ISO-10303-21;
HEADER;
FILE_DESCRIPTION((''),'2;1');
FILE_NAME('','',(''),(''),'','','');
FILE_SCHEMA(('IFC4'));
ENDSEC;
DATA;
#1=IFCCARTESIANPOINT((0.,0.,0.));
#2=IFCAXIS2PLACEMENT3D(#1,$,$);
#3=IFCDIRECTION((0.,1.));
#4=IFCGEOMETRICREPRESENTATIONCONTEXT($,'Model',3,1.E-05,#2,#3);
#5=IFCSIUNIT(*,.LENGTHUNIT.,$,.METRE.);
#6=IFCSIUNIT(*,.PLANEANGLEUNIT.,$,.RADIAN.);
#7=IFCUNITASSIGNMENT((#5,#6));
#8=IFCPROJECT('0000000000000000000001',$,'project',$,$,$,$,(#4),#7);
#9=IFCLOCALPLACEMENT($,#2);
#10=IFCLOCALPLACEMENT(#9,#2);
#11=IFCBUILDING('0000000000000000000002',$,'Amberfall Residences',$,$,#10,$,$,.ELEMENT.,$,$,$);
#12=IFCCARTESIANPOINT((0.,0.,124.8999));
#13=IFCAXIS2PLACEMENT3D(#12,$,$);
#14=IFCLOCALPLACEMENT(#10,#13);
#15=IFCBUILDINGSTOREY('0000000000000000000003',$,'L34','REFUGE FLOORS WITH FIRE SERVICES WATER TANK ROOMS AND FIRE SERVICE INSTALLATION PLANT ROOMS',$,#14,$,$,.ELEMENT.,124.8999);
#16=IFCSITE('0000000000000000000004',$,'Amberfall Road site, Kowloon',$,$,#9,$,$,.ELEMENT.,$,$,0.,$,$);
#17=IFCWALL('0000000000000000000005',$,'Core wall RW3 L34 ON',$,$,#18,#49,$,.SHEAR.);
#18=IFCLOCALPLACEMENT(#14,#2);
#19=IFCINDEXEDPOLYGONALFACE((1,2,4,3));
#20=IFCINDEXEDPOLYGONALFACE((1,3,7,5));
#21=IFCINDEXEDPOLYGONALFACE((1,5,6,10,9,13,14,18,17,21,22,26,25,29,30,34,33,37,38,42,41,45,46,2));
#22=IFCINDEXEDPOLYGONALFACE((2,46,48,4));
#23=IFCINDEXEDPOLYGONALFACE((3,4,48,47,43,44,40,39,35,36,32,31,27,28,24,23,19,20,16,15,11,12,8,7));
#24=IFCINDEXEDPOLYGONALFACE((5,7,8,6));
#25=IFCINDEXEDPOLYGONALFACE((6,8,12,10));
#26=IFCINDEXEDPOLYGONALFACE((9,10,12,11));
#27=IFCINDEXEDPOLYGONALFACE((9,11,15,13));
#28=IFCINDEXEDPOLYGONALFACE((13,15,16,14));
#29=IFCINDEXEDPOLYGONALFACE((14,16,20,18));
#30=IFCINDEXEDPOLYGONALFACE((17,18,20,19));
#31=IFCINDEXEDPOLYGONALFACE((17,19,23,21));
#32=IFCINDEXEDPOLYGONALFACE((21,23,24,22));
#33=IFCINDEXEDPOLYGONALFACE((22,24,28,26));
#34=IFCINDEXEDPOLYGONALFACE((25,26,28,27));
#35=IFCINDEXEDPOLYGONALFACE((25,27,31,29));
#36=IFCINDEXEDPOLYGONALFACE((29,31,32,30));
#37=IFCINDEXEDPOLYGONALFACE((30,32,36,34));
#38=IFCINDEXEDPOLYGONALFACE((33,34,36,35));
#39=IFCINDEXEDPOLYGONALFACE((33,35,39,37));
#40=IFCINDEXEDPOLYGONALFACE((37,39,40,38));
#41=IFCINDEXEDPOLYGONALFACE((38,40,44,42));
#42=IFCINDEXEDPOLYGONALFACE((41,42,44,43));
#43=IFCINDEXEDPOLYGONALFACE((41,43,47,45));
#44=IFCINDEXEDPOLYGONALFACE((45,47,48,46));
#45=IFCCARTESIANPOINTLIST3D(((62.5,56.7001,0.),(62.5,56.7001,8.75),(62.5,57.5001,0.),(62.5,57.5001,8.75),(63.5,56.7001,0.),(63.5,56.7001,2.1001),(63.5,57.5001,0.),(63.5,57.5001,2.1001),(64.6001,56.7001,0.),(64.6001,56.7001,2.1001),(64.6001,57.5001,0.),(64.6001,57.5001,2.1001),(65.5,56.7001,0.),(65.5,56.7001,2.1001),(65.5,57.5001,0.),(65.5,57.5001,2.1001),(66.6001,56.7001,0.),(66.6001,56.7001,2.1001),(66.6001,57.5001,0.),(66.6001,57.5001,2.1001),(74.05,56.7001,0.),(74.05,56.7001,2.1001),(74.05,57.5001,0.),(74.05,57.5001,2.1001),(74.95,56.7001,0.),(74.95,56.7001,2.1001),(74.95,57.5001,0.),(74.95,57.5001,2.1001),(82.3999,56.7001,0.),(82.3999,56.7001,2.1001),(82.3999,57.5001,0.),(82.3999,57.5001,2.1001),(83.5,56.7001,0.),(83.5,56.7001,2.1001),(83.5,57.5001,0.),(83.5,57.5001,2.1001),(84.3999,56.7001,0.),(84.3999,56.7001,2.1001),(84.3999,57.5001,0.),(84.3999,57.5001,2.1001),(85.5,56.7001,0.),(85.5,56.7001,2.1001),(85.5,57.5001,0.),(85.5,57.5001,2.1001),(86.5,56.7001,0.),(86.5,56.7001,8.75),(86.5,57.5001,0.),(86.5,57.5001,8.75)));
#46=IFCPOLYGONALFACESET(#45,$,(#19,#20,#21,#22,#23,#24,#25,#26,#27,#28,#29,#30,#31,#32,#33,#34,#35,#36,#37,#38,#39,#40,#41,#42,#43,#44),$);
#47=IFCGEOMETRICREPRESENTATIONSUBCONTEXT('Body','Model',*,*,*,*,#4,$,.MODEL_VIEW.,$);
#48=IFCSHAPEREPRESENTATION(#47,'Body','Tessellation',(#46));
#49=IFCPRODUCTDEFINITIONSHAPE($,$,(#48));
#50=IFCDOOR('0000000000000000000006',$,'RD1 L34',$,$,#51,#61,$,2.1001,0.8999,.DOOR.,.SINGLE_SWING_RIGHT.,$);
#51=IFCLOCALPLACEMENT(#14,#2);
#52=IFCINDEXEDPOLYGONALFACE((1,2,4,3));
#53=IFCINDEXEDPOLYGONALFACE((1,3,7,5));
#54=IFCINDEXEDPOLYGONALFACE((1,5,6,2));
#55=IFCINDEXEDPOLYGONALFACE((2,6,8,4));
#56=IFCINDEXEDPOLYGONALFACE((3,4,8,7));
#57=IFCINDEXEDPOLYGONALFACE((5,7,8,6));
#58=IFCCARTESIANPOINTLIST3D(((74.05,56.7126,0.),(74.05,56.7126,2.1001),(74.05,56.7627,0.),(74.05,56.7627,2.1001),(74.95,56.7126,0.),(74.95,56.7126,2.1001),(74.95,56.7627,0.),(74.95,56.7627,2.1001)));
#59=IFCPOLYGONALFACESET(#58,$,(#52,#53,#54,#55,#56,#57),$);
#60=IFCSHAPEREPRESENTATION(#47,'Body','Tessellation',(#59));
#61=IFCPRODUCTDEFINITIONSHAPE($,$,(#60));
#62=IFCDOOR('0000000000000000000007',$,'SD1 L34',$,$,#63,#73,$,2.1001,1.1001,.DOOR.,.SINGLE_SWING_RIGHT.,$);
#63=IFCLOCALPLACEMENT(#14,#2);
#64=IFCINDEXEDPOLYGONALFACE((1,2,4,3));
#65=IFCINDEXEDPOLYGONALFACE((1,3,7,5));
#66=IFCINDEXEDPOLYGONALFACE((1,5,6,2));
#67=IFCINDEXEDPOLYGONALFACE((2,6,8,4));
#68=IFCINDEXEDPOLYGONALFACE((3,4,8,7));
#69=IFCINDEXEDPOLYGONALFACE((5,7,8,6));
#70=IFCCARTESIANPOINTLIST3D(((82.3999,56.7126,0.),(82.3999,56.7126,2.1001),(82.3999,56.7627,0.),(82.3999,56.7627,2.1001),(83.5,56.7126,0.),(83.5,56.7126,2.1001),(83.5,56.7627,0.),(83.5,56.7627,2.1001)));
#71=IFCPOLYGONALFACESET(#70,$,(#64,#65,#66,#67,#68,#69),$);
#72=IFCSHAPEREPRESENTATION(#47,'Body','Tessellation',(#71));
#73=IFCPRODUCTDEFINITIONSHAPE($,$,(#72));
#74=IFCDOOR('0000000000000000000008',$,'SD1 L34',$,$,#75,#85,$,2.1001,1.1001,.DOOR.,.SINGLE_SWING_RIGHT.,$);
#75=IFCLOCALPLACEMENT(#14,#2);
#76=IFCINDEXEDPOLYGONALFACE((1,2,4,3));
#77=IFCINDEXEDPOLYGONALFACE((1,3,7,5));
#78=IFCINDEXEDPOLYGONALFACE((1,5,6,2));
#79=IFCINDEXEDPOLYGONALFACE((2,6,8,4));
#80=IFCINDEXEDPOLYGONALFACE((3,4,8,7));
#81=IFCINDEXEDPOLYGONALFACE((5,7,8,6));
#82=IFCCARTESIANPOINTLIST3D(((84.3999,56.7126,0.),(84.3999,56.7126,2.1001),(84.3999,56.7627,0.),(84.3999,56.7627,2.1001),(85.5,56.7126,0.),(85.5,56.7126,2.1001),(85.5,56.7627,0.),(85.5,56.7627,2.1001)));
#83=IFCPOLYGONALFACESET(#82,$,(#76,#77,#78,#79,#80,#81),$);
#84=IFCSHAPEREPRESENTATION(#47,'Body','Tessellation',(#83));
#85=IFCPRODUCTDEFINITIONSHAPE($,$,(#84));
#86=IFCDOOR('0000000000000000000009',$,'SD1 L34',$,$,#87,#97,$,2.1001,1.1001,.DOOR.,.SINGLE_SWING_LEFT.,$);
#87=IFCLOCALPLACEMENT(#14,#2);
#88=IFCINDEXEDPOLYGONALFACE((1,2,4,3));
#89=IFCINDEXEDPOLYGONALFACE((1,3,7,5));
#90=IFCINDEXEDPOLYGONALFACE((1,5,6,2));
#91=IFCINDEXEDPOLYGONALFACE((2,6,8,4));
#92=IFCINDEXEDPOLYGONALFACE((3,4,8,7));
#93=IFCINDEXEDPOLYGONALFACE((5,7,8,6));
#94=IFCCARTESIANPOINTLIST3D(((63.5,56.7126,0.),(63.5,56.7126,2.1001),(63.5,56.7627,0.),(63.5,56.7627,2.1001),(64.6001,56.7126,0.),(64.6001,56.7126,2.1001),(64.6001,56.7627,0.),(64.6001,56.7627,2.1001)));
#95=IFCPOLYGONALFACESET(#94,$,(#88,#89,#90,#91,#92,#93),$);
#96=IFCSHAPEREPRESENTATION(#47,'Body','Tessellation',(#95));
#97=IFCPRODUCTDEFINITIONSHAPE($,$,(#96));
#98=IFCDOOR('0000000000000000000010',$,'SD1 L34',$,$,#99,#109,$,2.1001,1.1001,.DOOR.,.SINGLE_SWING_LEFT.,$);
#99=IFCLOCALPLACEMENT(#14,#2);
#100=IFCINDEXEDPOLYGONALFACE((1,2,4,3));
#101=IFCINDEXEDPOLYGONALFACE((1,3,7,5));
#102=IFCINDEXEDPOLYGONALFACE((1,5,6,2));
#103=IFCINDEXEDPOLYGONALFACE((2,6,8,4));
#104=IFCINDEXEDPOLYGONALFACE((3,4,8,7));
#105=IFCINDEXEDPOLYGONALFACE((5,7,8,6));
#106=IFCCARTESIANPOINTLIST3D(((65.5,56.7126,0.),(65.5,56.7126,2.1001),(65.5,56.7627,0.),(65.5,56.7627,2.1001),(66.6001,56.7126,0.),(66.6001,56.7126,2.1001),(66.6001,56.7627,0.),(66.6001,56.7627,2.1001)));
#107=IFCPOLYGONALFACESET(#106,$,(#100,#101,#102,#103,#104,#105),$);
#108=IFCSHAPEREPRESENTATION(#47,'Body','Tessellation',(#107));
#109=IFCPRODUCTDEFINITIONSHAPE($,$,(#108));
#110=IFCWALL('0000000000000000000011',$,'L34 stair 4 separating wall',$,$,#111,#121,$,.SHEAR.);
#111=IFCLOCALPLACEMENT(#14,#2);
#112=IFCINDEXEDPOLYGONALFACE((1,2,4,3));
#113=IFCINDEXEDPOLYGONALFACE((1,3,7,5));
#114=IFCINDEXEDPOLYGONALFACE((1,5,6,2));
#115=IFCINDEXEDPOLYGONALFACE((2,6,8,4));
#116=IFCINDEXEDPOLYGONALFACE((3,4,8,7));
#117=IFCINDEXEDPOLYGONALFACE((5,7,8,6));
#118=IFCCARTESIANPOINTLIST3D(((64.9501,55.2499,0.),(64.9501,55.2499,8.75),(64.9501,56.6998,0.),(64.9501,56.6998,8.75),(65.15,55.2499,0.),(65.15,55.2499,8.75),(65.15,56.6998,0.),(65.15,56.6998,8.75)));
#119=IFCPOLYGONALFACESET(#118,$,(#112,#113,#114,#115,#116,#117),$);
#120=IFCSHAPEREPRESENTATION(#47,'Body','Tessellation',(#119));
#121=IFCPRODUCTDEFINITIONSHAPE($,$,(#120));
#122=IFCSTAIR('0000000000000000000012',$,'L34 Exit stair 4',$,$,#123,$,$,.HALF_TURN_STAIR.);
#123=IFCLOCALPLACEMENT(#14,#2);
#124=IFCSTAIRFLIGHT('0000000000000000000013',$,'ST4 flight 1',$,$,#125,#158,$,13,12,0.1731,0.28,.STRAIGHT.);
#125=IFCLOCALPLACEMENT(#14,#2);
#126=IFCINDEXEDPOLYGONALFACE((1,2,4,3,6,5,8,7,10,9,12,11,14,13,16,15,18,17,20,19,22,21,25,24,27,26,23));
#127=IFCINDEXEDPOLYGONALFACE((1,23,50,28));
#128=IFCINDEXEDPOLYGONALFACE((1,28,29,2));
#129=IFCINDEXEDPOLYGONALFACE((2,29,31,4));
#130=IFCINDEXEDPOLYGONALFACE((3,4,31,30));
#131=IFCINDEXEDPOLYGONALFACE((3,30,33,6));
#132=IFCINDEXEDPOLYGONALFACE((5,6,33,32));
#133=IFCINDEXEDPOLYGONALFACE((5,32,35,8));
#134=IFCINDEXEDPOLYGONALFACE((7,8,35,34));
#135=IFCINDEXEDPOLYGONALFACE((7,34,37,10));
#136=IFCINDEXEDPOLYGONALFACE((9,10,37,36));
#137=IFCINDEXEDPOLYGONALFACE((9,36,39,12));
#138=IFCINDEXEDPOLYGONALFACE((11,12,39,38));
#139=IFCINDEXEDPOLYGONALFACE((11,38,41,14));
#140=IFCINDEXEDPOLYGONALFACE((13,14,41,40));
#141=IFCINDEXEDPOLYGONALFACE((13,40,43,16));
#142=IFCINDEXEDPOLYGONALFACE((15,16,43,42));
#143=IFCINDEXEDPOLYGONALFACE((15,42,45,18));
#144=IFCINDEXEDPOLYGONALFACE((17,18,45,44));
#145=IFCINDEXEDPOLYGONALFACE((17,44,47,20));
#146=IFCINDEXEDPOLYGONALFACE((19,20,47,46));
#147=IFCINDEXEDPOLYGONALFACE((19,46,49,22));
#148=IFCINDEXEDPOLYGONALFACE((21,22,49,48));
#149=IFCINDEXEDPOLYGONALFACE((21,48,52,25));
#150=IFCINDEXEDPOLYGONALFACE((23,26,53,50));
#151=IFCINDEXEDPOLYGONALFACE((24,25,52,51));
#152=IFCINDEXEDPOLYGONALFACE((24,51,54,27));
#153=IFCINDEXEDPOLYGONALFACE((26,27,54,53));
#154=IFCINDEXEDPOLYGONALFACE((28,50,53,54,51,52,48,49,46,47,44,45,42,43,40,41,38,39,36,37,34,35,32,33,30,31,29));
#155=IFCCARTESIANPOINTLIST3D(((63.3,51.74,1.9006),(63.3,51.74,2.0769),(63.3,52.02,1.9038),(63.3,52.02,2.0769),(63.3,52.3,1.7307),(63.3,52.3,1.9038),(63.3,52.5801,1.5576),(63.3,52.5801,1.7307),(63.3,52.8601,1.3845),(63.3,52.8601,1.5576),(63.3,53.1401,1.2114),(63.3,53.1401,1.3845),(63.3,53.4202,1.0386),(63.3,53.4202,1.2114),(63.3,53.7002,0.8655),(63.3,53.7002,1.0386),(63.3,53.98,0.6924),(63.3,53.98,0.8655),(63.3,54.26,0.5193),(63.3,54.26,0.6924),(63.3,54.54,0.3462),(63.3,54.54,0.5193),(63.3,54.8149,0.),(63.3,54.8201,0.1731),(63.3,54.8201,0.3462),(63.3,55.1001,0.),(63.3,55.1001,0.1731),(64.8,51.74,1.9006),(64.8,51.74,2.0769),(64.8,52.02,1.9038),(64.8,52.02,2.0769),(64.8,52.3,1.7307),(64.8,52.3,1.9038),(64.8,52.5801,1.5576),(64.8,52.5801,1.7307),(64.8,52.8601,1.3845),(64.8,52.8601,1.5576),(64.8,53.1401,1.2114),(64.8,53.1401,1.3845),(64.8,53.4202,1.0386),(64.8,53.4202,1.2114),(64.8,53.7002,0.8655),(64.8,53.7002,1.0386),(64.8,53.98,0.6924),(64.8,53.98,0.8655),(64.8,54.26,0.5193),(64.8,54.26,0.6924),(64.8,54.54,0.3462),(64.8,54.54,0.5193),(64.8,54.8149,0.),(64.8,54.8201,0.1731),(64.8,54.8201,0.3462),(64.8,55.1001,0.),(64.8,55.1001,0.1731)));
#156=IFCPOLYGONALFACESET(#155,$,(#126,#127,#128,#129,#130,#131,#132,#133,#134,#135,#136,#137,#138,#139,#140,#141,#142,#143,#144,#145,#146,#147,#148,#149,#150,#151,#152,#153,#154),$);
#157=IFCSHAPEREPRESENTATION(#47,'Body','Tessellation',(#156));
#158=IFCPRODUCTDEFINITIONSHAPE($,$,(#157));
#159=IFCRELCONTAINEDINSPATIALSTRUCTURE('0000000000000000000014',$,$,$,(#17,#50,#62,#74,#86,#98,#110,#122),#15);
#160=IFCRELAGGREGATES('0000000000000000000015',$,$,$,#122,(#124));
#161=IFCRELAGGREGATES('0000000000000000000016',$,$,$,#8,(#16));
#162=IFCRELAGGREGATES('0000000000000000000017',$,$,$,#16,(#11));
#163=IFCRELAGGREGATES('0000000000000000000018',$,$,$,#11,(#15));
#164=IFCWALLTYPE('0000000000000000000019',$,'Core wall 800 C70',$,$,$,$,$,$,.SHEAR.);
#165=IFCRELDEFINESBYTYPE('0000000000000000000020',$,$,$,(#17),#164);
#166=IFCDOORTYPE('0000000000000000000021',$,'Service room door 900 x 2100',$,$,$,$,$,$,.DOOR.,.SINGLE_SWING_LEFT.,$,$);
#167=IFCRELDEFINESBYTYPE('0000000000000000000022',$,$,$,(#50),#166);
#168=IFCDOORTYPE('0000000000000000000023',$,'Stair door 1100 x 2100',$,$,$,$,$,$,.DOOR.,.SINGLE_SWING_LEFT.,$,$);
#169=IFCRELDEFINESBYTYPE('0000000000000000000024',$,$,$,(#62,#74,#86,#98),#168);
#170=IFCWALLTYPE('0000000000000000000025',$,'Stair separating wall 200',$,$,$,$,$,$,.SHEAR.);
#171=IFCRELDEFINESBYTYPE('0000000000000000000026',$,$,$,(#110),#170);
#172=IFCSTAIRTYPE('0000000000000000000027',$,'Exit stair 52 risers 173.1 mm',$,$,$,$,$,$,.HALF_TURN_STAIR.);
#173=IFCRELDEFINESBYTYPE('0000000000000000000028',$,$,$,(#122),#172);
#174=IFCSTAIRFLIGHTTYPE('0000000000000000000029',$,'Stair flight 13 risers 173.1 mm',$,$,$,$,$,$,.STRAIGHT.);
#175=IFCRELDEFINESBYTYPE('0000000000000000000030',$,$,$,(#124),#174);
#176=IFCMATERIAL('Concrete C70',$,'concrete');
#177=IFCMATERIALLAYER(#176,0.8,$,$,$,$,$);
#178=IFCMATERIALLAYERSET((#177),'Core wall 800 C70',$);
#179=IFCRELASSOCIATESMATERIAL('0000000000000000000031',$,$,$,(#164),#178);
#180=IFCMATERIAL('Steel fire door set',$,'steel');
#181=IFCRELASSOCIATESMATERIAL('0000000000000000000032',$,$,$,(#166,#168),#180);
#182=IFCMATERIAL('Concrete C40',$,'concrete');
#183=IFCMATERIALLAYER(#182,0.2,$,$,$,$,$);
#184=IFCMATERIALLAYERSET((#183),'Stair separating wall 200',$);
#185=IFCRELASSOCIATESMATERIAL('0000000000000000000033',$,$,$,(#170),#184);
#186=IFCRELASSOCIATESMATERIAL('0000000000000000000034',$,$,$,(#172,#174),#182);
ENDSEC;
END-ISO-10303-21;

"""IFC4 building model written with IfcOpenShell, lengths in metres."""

from ifc_helpers import new_model, si_unit, direction, frame, frame_2d, origin, place, context, subcontext, project, spatial, polyline, rectangle, outline, extrude, material, layer, layer_set, type_object, element, fill, aggregate, save


model = new_model("IFC4")

# Units and contexts
model_context = context("Model", 3, precision=1e-05, world=origin(), true_north=direction((0.0, 1.0)))
body_context = subcontext(model_context, "Body", "Model", "MODEL_VIEW")
ifc_project = project(units=[si_unit("LENGTHUNIT", "METRE"), si_unit("PLANEANGLEUNIT", "RADIAN")], contexts=[model_context])

# Site, building, storey
site_placement = place(None, origin())
site = spatial("IfcSite", under=ifc_project, at=site_placement, Name="Amberfall Road site, Kowloon", CompositionType="ELEMENT", RefElevation=0.0)
building_placement = place(site_placement, origin())
building = spatial("IfcBuilding", under=site, at=building_placement, Name="Amberfall Residences", CompositionType="ELEMENT")
storey_placement = place(building_placement, frame((0.0, 0.0, 124.8999)))
storey = spatial("IfcBuildingStorey", under=building, at=storey_placement, Name="L34", Description="REFUGE FLOORS WITH FIRE SERVICES WATER TANK ROOMS AND FIRE SERVICE INSTALLATION PLANT ROOMS", CompositionType="ELEMENT", Elevation=124.8999)

# Shared definitions
ifc_material_1 = material(Name="Concrete C70", Category="concrete")

# Wall, openings, doors
ifc_layer_1 = layer(ifc_material_1, 0.8)
ifc_layer_set_1 = layer_set([ifc_layer_1], Name="Core wall 800 C70")
wall_type_1 = type_object("IfcWallType", Name="Core wall 800 C70", PredefinedType="SHEAR", material=ifc_layer_set_1)
wall_1_placement = place(storey_placement, frame((62.5, 57.1001, 0.0), z_axis=(0.0, 0.0, 1.0), x_axis=(1.0, 0.0, 0.0)))
wall_1 = element("IfcWall", 1, at=wall_1_placement, inside=storey, type_object=wall_type_1, Name="Core wall RW3 L34 ON", PredefinedType="SHEAR", context=body_context, shape_type="SweptSolid", body=[
    extrude(rectangle(XDim=24.0, YDim=0.8, at=frame_2d((12.0, 0.0))), origin(), (0.0, 0.0, 1.0), 8.75),
])
opening_1_placement = place(wall_1_placement, frame((19.8999, 0.0, 0.0)))
opening_1 = element("IfcOpeningElement", 2, at=opening_1_placement, cuts=wall_1, PredefinedType="OPENING", context=body_context, shape_type="SweptSolid", body=[
    extrude(rectangle(XDim=1.1001, YDim=2.1001, at=frame_2d((0.55, 1.05))), frame((0.0, 0.4099, 0.0), z_axis=(0.0, -1.0, 0.0), x_axis=(1.0, 0.0, 0.0)), (0.0, 0.0, 1.0), 0.8201),
])
opening_2_placement = place(wall_1_placement, frame((21.8999, 0.0, 0.0)))
opening_2 = element("IfcOpeningElement", 3, at=opening_2_placement, cuts=wall_1, PredefinedType="OPENING", context=body_context, shape_type="SweptSolid", body=[
    extrude(rectangle(XDim=1.1001, YDim=2.1001, at=frame_2d((0.55, 1.05))), frame((0.0, 0.4099, 0.0), z_axis=(0.0, -1.0, 0.0), x_axis=(1.0, 0.0, 0.0)), (0.0, 0.0, 1.0), 0.8201),
])
opening_3_placement = place(wall_1_placement, frame((1.0, 0.0, 0.0)))
opening_3 = element("IfcOpeningElement", 4, at=opening_3_placement, cuts=wall_1, PredefinedType="OPENING", context=body_context, shape_type="SweptSolid", body=[
    extrude(rectangle(XDim=1.1001, YDim=2.1001, at=frame_2d((0.55, 1.05))), frame((0.0, 0.4099, 0.0), z_axis=(0.0, -1.0, 0.0), x_axis=(1.0, 0.0, 0.0)), (0.0, 0.0, 1.0), 0.8201),
])
opening_4_placement = place(wall_1_placement, frame((3.0, 0.0, 0.0)))
opening_4 = element("IfcOpeningElement", 5, at=opening_4_placement, cuts=wall_1, PredefinedType="OPENING", context=body_context, shape_type="SweptSolid", body=[
    extrude(rectangle(XDim=1.1001, YDim=2.1001, at=frame_2d((0.55, 1.05))), frame((0.0, 0.4099, 0.0), z_axis=(0.0, -1.0, 0.0), x_axis=(1.0, 0.0, 0.0)), (0.0, 0.0, 1.0), 0.8201),
])
opening_5_placement = place(wall_1_placement, frame((11.55, 0.0, 0.0)))
opening_5 = element("IfcOpeningElement", 6, at=opening_5_placement, cuts=wall_1, PredefinedType="OPENING", context=body_context, shape_type="SweptSolid", body=[
    extrude(rectangle(XDim=0.8999, YDim=2.1001, at=frame_2d((0.45, 1.05))), frame((0.0, 0.4099, 0.0), z_axis=(0.0, -1.0, 0.0), x_axis=(1.0, 0.0, 0.0)), (0.0, 0.0, 1.0), 0.8201),
])
ifc_material_2 = material(Name="Steel fire door set", Category="steel")
door_type_1 = type_object("IfcDoorType", Name="Service room door 900 x 2100", OperationType="SINGLE_SWING_LEFT", PredefinedType="DOOR", material=ifc_material_2)
door_1_placement = place(opening_5_placement, origin())
door_1 = element("IfcDoor", 7, at=door_1_placement, inside=storey, type_object=door_type_1, Name="RD1 L34", OperationType="SINGLE_SWING_RIGHT", OverallHeight=2.1001, OverallWidth=0.8999, PredefinedType="DOOR", context=body_context, shape_type="SweptSolid", body=[
    extrude(rectangle(XDim=0.8999, YDim=2.1001, at=frame_2d((0.45, 1.05))), frame((0.0, -0.3374, 0.0), z_axis=(0.0, -1.0, 0.0), x_axis=(1.0, 0.0, 0.0)), (0.0, 0.0, 1.0), 0.05),
])
fill(opening_5, door_1)
door_type_2 = type_object("IfcDoorType", Name="Stair door 1100 x 2100", OperationType="SINGLE_SWING_LEFT", PredefinedType="DOOR", material=ifc_material_2)
door_2_placement = place(opening_1_placement, origin())
door_2 = element("IfcDoor", 8, at=door_2_placement, inside=storey, type_object=door_type_2, Name="SD1 L34", OperationType="SINGLE_SWING_RIGHT", OverallHeight=2.1001, OverallWidth=1.1001, PredefinedType="DOOR", context=body_context, shape_type="SweptSolid", body=[
    extrude(rectangle(XDim=1.1001, YDim=2.1001, at=frame_2d((0.55, 1.05))), frame((0.0, -0.3374, 0.0), z_axis=(0.0, -1.0, 0.0), x_axis=(1.0, 0.0, 0.0)), (0.0, 0.0, 1.0), 0.05),
])
fill(opening_1, door_2)
door_3_placement = place(opening_2_placement, origin())
door_3 = element("IfcDoor", 9, at=door_3_placement, inside=storey, type_object=door_type_2, Name="SD1 L34", OperationType="SINGLE_SWING_RIGHT", OverallHeight=2.1001, OverallWidth=1.1001, PredefinedType="DOOR", context=body_context, shape_type="SweptSolid", body=[
    extrude(rectangle(XDim=1.1001, YDim=2.1001, at=frame_2d((0.55, 1.05))), frame((0.0, -0.3374, 0.0), z_axis=(0.0, -1.0, 0.0), x_axis=(1.0, 0.0, 0.0)), (0.0, 0.0, 1.0), 0.05),
])
fill(opening_2, door_3)
door_4_placement = place(opening_3_placement, origin())
door_4 = element("IfcDoor", 10, at=door_4_placement, inside=storey, type_object=door_type_2, Name="SD1 L34", OperationType="SINGLE_SWING_LEFT", OverallHeight=2.1001, OverallWidth=1.1001, PredefinedType="DOOR", context=body_context, shape_type="SweptSolid", body=[
    extrude(rectangle(XDim=1.1001, YDim=2.1001, at=frame_2d((0.55, 1.05))), frame((0.0, -0.3374, 0.0), z_axis=(0.0, -1.0, 0.0), x_axis=(1.0, 0.0, 0.0)), (0.0, 0.0, 1.0), 0.05),
])
fill(opening_3, door_4)
door_5_placement = place(opening_4_placement, origin())
door_5 = element("IfcDoor", 11, at=door_5_placement, inside=storey, type_object=door_type_2, Name="SD1 L34", OperationType="SINGLE_SWING_LEFT", OverallHeight=2.1001, OverallWidth=1.1001, PredefinedType="DOOR", context=body_context, shape_type="SweptSolid", body=[
    extrude(rectangle(XDim=1.1001, YDim=2.1001, at=frame_2d((0.55, 1.05))), frame((0.0, -0.3374, 0.0), z_axis=(0.0, -1.0, 0.0), x_axis=(1.0, 0.0, 0.0)), (0.0, 0.0, 1.0), 0.05),
])
fill(opening_4, door_5)

# Wall
ifc_material_3 = material(Name="Concrete C40", Category="concrete")
ifc_layer_2 = layer(ifc_material_3, 0.2)
ifc_layer_set_2 = layer_set([ifc_layer_2], Name="Stair separating wall 200")
wall_type_2 = type_object("IfcWallType", Name="Stair separating wall 200", PredefinedType="SHEAR", material=ifc_layer_set_2)
wall_2_placement = place(storey_placement, frame((65.05, 56.7, 0.0), z_axis=(0.0, 0.0, 1.0), x_axis=(0.0, -1.0, 0.0)))
element("IfcWall", 12, at=wall_2_placement, inside=storey, type_object=wall_type_2, Name="L34 stair 4 separating wall", PredefinedType="SHEAR", context=body_context, shape_type="SweptSolid", body=[
    extrude(rectangle(XDim=1.45, YDim=0.2, at=frame_2d((0.7251, 0.0))), origin(), (0.0, 0.0, 1.0), 8.75),
])

# Stair, stair flight
stair_type = type_object("IfcStairType", Name="Exit stair 52 risers 173.1 mm", PredefinedType="HALF_TURN_STAIR", material=ifc_material_3)
stair_placement = place(storey_placement, origin())
stair = element("IfcStair", 13, at=stair_placement, inside=storey, type_object=stair_type, Name="L34 Exit stair 4", PredefinedType="HALF_TURN_STAIR")
stair_flight_type = type_object("IfcStairFlightType", Name="Stair flight 13 risers 173.1 mm", PredefinedType="STRAIGHT", material=ifc_material_3)
stair_flight_1_placement = place(storey_placement, frame((64.05, 55.1001, 0.0), z_axis=(0.0, 0.0, 1.0), x_axis=(0.0, -1.0, 0.0)))
stair_flight_1 = element("IfcStairFlight", 14, at=stair_flight_1_placement, type_object=stair_flight_type, Name="ST4 flight 1", NumberOfRisers=13, NumberOfTreads=12, PredefinedType="STRAIGHT", RiserHeight=0.1731, TreadLength=0.28, context=body_context, shape_type="SweptSolid", body=[
    extrude(outline(polyline([(0.0, 0.0), (0.0, 0.1731), (0.28, 0.1731), (0.28, 0.3462), (0.5601, 0.3462), (0.5601, 0.5193), (0.8401, 0.5193), (0.8401, 0.6924), (1.1201, 0.6924), (1.1201, 0.8655), (1.3999, 0.8655), (1.3999, 1.0386), (1.6799, 1.0386), (1.6799, 1.2114), (1.96, 1.2114), (1.96, 1.3845), (2.24, 1.3845), (2.24, 1.5576), (2.52, 1.5576), (2.52, 1.7307), (2.8, 1.7307), (2.8, 1.9038), (3.0801, 1.9038), (3.0801, 2.0769), (3.3601, 2.0769), (3.3601, 2.25), (3.3601, 1.9006), (0.2852, 0.0), (0.0, 0.0)])), frame((0.0, 0.75, 0.0), z_axis=(0.0, -1.0, 0.0), x_axis=(1.0, 0.0, 0.0)), (0.0, 0.0, 1.0), 1.5),
])
aggregate(stair, [stair_flight_1])

save(model, "model.ifc")
